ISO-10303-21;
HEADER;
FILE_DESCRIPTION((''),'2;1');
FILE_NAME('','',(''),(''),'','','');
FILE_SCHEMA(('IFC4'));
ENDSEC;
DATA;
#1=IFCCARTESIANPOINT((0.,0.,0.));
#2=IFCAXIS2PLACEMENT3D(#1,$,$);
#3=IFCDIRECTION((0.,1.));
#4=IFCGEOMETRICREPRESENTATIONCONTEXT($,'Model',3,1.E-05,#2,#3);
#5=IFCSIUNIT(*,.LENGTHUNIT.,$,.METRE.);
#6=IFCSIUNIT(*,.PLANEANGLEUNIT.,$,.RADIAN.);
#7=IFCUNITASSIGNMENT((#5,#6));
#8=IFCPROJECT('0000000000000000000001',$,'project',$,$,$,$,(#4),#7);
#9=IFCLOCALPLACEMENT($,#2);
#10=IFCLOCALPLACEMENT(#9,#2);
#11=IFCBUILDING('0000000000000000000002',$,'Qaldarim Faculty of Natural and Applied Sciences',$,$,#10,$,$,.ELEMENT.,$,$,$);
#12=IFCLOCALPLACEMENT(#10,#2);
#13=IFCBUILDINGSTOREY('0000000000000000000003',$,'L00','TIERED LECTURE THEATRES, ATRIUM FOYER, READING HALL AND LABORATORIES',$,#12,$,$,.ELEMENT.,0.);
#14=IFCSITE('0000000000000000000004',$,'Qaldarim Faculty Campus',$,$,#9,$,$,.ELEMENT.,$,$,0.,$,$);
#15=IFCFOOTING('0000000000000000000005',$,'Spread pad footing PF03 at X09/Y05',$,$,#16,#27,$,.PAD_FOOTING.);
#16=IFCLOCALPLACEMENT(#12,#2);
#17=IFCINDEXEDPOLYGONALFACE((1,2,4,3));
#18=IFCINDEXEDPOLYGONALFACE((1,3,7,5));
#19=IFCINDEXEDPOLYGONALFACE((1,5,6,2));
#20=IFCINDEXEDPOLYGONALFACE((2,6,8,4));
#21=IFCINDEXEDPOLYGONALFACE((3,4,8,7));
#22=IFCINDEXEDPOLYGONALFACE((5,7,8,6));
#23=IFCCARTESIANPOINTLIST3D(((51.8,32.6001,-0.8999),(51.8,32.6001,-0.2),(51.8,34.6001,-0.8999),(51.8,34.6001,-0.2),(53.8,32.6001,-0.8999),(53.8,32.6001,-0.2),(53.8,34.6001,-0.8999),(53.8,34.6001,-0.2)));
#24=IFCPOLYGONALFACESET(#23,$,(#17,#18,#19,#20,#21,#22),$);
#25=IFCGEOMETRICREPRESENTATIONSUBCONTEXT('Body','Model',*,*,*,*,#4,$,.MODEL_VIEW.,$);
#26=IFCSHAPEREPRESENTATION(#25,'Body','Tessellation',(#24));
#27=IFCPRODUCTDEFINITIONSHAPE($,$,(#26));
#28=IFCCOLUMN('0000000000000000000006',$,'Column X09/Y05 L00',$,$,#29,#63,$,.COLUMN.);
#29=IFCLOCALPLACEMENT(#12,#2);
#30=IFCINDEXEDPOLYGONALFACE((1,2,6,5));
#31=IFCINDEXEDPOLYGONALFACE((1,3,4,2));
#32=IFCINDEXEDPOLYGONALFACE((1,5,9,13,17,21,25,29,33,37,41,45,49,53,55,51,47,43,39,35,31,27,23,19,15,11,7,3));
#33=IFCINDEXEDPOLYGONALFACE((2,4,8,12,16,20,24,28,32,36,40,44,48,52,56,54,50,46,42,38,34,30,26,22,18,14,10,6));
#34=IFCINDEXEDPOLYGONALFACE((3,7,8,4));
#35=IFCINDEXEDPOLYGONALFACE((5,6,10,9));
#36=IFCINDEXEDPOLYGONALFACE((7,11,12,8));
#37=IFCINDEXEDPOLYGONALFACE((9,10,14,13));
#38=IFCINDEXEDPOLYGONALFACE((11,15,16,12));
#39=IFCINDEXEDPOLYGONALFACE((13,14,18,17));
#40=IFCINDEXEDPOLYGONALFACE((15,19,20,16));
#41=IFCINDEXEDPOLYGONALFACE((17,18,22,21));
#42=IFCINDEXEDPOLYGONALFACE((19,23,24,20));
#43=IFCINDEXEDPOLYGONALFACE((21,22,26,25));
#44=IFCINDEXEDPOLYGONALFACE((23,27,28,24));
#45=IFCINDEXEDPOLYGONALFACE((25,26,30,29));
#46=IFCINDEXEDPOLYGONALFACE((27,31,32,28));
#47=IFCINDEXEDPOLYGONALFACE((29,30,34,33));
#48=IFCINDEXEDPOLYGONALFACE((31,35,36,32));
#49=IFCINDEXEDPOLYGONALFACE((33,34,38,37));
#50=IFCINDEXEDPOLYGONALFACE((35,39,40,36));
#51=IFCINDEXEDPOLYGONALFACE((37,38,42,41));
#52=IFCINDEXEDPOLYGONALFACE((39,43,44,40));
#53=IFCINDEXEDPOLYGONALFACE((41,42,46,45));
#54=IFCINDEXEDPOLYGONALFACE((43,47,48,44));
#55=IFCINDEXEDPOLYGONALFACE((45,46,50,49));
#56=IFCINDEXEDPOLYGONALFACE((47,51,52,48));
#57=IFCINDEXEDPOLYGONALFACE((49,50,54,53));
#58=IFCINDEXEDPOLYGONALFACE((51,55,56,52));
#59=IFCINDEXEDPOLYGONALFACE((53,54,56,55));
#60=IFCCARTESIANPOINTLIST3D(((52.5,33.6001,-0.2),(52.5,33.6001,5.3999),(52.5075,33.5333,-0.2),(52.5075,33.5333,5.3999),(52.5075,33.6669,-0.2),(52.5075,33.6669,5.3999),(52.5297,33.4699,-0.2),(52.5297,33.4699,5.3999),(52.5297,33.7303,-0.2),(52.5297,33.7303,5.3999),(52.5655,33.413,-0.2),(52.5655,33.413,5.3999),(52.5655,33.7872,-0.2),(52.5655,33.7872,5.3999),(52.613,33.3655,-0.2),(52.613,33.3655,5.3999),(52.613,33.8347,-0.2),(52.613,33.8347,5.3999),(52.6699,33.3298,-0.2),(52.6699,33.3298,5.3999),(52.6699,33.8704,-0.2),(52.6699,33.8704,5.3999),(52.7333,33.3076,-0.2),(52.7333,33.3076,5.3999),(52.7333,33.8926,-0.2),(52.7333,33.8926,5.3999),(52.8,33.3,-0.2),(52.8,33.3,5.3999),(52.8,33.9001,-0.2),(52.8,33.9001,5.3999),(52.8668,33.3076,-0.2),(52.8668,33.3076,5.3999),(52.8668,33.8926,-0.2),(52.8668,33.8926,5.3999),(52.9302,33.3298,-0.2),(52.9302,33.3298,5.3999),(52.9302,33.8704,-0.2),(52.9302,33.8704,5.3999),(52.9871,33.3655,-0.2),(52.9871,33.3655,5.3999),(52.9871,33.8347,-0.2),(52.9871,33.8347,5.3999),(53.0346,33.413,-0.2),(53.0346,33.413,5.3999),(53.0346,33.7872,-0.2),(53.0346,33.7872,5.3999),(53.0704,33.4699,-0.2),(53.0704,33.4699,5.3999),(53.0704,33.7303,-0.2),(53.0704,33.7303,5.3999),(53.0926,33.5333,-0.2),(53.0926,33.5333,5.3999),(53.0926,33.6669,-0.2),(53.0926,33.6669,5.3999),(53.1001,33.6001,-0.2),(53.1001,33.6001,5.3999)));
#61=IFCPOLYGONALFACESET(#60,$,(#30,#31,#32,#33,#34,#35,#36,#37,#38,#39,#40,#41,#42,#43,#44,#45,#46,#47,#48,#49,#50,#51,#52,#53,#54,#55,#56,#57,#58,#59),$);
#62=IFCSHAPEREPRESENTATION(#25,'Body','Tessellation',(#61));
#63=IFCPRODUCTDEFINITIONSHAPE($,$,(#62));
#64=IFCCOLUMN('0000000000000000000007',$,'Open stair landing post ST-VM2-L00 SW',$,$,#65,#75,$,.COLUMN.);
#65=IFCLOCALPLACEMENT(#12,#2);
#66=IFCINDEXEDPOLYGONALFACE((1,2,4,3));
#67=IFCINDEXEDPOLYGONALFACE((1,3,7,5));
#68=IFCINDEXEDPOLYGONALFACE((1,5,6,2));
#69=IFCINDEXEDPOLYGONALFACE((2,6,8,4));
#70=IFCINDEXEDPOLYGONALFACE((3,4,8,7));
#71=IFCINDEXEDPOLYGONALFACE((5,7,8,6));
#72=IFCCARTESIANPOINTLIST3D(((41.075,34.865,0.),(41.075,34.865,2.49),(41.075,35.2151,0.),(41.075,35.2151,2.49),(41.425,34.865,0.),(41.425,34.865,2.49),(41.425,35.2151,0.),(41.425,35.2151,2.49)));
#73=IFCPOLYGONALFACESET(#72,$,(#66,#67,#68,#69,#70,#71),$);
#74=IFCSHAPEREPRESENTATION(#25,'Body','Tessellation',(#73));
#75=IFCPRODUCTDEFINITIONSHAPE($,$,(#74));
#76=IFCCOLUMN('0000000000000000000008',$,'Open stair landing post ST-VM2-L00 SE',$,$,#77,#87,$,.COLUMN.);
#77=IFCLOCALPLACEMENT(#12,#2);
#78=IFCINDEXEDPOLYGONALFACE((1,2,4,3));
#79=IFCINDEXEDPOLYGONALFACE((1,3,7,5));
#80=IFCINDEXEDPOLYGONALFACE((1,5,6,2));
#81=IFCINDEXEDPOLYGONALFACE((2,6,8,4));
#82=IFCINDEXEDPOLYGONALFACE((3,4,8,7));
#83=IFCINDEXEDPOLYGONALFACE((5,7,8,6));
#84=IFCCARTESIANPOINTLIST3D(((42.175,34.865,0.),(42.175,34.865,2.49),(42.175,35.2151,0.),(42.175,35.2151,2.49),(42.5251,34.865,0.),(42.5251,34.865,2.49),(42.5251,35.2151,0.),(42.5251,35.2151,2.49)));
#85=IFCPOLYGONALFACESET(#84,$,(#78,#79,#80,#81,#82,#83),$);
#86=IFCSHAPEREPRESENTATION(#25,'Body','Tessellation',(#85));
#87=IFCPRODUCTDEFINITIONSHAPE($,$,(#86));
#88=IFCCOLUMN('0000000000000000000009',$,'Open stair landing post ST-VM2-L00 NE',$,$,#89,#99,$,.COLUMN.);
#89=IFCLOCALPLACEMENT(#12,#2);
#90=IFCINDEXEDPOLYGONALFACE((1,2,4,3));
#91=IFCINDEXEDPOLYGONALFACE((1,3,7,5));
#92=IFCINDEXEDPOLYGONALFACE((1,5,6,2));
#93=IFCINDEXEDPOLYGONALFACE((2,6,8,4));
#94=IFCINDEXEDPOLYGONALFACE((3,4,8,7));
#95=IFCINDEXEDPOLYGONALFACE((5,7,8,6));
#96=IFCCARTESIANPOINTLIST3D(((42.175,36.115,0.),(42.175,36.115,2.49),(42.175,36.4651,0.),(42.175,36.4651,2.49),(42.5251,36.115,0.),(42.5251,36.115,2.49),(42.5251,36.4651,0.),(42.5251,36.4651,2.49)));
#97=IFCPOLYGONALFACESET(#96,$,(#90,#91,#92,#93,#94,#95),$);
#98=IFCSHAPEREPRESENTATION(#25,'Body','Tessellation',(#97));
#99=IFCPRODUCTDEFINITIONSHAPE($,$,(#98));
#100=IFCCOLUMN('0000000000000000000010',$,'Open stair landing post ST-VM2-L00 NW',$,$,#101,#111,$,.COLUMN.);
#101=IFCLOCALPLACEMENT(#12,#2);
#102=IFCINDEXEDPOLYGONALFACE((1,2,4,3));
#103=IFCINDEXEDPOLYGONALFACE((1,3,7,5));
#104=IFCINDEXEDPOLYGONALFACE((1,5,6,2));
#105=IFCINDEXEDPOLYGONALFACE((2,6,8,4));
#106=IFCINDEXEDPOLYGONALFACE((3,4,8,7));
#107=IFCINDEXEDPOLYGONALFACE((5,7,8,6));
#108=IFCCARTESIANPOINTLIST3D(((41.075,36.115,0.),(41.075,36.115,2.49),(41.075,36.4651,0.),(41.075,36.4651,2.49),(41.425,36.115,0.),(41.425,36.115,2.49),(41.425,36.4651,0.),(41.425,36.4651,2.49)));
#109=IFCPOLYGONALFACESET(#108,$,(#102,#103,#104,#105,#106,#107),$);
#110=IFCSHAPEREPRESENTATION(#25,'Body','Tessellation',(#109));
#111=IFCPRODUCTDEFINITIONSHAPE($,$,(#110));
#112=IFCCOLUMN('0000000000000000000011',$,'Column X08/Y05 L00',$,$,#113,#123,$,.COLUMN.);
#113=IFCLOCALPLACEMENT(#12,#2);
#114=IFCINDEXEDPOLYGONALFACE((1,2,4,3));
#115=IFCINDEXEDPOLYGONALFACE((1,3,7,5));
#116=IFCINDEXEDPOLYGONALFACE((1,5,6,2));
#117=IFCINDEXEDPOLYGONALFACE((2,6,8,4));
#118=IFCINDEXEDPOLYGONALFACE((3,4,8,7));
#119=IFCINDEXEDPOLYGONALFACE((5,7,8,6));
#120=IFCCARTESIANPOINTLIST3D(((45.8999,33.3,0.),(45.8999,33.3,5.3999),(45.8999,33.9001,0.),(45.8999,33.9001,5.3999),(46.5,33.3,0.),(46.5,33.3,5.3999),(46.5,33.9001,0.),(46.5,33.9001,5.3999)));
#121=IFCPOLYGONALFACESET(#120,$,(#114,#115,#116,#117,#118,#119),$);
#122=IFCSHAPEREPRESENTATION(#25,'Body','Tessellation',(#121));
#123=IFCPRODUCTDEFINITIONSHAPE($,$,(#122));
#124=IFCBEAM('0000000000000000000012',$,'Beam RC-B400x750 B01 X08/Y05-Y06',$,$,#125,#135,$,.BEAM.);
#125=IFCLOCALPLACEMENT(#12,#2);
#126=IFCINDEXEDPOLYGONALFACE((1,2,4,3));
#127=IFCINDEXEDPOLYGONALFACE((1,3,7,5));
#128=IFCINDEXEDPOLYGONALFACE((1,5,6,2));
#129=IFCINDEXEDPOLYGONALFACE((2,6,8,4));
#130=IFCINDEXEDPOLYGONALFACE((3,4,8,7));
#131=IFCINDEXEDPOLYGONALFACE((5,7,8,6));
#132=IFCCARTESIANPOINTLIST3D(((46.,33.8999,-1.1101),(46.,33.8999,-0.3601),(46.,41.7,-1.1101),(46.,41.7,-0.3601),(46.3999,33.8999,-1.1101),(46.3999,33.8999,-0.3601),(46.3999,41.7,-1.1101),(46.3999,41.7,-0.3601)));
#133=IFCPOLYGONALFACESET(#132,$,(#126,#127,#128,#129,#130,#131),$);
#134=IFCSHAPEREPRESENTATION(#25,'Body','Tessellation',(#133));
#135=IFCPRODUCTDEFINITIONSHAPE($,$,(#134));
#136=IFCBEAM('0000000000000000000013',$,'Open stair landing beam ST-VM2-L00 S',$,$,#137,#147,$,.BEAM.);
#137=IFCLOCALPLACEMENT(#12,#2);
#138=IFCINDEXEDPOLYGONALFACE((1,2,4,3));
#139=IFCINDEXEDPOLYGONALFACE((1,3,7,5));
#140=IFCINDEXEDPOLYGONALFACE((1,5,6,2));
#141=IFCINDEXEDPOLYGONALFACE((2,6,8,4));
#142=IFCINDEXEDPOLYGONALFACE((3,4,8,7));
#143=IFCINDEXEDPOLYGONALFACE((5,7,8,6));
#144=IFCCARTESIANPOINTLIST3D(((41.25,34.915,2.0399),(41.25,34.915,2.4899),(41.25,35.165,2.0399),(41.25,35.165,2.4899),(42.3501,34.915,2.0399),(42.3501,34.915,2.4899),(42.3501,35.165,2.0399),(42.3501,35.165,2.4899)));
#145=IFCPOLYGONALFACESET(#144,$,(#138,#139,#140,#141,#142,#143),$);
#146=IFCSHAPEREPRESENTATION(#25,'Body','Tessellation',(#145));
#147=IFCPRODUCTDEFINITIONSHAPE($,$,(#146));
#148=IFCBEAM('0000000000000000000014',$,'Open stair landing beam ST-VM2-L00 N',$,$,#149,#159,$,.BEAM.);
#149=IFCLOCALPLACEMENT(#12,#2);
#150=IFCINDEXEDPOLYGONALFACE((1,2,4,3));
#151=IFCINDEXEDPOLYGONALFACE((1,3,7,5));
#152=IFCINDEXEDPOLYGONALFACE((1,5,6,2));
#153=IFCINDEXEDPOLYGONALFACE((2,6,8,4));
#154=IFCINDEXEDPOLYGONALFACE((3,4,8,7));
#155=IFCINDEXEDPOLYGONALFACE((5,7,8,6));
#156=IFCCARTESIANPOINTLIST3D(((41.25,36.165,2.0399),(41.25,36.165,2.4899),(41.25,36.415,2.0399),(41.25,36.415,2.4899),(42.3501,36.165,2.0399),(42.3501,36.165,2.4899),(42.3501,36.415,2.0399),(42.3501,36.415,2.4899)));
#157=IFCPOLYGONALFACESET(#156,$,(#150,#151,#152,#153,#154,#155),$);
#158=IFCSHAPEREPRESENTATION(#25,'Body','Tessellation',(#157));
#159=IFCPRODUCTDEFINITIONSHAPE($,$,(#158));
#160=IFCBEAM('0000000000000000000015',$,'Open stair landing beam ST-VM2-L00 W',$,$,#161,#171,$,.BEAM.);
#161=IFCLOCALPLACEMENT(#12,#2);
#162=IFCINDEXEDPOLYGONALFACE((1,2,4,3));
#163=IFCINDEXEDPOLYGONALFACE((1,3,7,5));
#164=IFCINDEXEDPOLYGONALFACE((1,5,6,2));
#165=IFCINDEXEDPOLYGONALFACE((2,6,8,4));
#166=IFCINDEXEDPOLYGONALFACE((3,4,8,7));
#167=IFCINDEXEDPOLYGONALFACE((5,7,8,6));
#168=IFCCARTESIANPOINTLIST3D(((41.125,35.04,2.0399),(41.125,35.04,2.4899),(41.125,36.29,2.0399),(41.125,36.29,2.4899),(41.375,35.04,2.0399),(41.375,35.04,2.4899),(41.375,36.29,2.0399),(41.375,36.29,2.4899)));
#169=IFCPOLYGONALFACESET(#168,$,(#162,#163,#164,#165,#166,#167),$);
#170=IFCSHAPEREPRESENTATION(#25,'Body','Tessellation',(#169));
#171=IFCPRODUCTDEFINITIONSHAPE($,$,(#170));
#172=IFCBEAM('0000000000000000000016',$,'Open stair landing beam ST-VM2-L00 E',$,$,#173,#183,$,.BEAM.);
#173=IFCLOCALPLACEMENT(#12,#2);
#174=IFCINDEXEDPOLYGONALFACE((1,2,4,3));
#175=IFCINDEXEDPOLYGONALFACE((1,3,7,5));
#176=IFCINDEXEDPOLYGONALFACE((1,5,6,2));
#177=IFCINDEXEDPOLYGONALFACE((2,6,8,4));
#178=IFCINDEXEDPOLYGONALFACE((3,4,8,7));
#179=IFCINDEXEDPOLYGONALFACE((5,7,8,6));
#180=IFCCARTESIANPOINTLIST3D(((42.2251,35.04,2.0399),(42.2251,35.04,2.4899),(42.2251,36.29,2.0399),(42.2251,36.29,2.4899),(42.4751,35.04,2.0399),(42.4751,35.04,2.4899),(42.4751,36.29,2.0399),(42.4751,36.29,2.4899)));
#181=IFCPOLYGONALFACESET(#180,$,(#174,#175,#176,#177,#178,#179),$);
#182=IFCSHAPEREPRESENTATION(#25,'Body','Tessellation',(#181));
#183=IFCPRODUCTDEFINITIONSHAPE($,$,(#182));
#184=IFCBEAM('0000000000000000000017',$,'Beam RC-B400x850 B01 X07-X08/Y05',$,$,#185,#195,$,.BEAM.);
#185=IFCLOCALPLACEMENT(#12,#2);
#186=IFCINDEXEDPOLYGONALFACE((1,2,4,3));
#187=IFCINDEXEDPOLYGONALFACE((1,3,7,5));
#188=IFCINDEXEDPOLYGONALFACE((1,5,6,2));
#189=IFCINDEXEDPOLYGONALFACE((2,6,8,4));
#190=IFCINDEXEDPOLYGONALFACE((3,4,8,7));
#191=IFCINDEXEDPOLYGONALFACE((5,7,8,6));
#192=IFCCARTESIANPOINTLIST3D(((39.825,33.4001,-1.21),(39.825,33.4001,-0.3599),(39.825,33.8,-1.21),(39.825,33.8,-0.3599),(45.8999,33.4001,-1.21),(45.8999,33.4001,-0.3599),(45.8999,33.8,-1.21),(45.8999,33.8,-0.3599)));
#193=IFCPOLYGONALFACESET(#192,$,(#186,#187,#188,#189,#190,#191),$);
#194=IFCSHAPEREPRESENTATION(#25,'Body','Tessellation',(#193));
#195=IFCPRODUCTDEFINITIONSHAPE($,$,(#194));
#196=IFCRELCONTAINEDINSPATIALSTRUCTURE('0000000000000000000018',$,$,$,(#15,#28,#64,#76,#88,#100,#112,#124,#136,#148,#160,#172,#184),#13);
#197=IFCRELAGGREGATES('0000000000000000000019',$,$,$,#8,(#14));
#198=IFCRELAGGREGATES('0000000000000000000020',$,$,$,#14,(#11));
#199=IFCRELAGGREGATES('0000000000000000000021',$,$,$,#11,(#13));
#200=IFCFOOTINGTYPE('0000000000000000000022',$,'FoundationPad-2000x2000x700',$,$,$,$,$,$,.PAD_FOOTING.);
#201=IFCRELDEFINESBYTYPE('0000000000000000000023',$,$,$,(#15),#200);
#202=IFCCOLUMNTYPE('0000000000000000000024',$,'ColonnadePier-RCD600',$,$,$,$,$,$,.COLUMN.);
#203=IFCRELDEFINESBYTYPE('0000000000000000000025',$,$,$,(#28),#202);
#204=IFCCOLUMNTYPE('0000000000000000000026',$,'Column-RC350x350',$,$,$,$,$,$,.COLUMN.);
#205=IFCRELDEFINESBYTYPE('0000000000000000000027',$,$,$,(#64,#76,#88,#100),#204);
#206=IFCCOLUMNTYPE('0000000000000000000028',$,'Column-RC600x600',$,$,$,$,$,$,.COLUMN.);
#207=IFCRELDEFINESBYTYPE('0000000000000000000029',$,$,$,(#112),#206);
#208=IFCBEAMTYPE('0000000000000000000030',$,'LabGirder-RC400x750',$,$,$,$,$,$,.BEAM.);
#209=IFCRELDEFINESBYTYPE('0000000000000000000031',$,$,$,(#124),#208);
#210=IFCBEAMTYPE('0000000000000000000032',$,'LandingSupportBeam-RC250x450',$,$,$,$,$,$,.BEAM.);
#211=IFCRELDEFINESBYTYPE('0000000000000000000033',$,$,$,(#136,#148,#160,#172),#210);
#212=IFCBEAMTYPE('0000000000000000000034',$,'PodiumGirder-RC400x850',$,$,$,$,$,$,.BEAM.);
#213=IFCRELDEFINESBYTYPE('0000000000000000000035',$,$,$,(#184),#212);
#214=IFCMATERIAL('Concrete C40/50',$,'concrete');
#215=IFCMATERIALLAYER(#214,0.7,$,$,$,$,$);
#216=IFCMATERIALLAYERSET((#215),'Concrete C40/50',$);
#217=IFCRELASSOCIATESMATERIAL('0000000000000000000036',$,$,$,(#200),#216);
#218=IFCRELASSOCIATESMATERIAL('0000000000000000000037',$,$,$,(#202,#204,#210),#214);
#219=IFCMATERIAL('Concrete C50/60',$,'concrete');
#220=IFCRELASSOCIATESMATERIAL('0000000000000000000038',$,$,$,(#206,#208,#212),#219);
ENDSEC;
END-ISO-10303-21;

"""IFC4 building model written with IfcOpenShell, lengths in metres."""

from ifc_helpers import new_model, si_unit, direction, frame, origin, origin_2d, place, context, subcontext, project, spatial, rectangle, circle, extrude, material, layer, layer_set, material_profile, profile_set, type_object, element, save


model = new_model("IFC4")

# Units and contexts
model_context = context("Model", 3, precision=1e-05, world=origin(), true_north=direction((0.0, 1.0)))
body_context = subcontext(model_context, "Body", "Model", "MODEL_VIEW")
ifc_project = project(units=[si_unit("LENGTHUNIT", "METRE"), si_unit("PLANEANGLEUNIT", "RADIAN")], contexts=[model_context])

# Site, building, storey
site_placement = place(None, origin())
site = spatial("IfcSite", under=ifc_project, at=site_placement, Name="Qaldarim Faculty Campus", CompositionType="ELEMENT", RefElevation=0.0)
building_placement = place(site_placement, origin())
building = spatial("IfcBuilding", under=site, at=building_placement, Name="Qaldarim Faculty of Natural and Applied Sciences", CompositionType="ELEMENT")
storey_placement = place(building_placement, origin())
storey = spatial("IfcBuildingStorey", under=building, at=storey_placement, Name="L00", Description="TIERED LECTURE THEATRES, ATRIUM FOYER, READING HALL AND LABORATORIES", CompositionType="ELEMENT", Elevation=0.0)

# Footing
ifc_material_1 = material(Name="Concrete C40/50", Category="concrete")
ifc_layer_1 = layer(ifc_material_1, 0.7)
ifc_layer_set_1 = layer_set([ifc_layer_1], Name="Concrete C40/50")
footing_type = type_object("IfcFootingType", Name="FoundationPad-2000x2000x700", PredefinedType="PAD_FOOTING", material=ifc_layer_set_1)
footing_placement = place(storey_placement, frame((52.8, 33.6001, -0.8999), z_axis=(0.0, 0.0, 1.0), x_axis=(1.0, 0.0, 0.0)))
element("IfcFooting", 1, at=footing_placement, inside=storey, type_object=footing_type, Name="Spread pad footing PF03 at X09/Y05", PredefinedType="PAD_FOOTING", context=body_context, shape_type="SweptSolid", body=[
    extrude(rectangle(XDim=2.0, YDim=2.0, at=origin_2d()), origin(), (0.0, 0.0, 1.0), 0.7),
])

# Columns
ifc_material_profile_1 = material_profile(ifc_material_1, circle(Radius=0.3, at=origin_2d()), Name="RC-D600")
ifc_profile_set_1 = profile_set([ifc_material_profile_1], Name="Concrete C40/50")
column_type_1 = type_object("IfcColumnType", Name="ColonnadePier-RCD600", PredefinedType="COLUMN", material=ifc_profile_set_1)
column_1_placement = place(storey_placement, frame((52.8, 33.6001, -0.2), z_axis=(0.0, 0.0, 1.0), x_axis=(1.0, 0.0, 0.0)))
element("IfcColumn", 2, at=column_1_placement, inside=storey, type_object=column_type_1, Name="Column X09/Y05 L00", PredefinedType="COLUMN", context=body_context, shape_type="SweptSolid", body=[
    extrude(circle(Radius=0.3, at=origin_2d()), origin(), (0.0, 0.0, 1.0), 5.5999),
])
ifc_material_profile_2 = material_profile(ifc_material_1, rectangle(XDim=0.3501, YDim=0.3501, at=origin_2d()), Name="RC-C350x350")
ifc_profile_set_2 = profile_set([ifc_material_profile_2], Name="Concrete C40/50")
column_type_2 = type_object("IfcColumnType", Name="Column-RC350x350", PredefinedType="COLUMN", material=ifc_profile_set_2)
for number, where, z_axis, x_axis, name in (
    (3, (41.25, 35.04, 0.0), (0.0, 0.0, 1.0), (1.0, 0.0, 0.0), "Open stair landing post ST-VM2-L00 SW"),
    (4, (42.3501, 35.04, 0.0), (0.0, 0.0, 1.0), (1.0, 0.0, 0.0), "Open stair landing post ST-VM2-L00 SE"),
    (5, (42.3501, 36.29, 0.0), (0.0, 0.0, 1.0), (1.0, 0.0, 0.0), "Open stair landing post ST-VM2-L00 NE"),
    (6, (41.25, 36.29, 0.0), (0.0, 0.0, 1.0), (1.0, 0.0, 0.0), "Open stair landing post ST-VM2-L00 NW"),
):
    element("IfcColumn", number, at=place(storey_placement, frame(where, z_axis=z_axis, x_axis=x_axis)), inside=storey, type_object=column_type_2, Name=name, PredefinedType="COLUMN", context=body_context, shape_type="SweptSolid", body=[
        extrude(rectangle(XDim=0.3501, YDim=0.3501, at=origin_2d()), origin(), (0.0, 0.0, 1.0), 2.49),
    ])
ifc_material_2 = material(Name="Concrete C50/60", Category="concrete")
ifc_material_profile_3 = material_profile(ifc_material_2, rectangle(XDim=0.6001, YDim=0.6001, at=origin_2d()), Name="RC-C600x600")
ifc_profile_set_3 = profile_set([ifc_material_profile_3], Name="Concrete C50/60")
column_type_3 = type_object("IfcColumnType", Name="Column-RC600x600", PredefinedType="COLUMN", material=ifc_profile_set_3)
column_2_placement = place(storey_placement, frame((46.2, 33.6001, 0.0), z_axis=(0.0, 0.0, 1.0), x_axis=(1.0, 0.0, 0.0)))
element("IfcColumn", 7, at=column_2_placement, inside=storey, type_object=column_type_3, Name="Column X08/Y05 L00", PredefinedType="COLUMN", context=body_context, shape_type="SweptSolid", body=[
    extrude(rectangle(XDim=0.6001, YDim=0.6001, at=origin_2d()), origin(), (0.0, 0.0, 1.0), 5.3999),
])

# Beams
ifc_material_profile_4 = material_profile(ifc_material_2, rectangle(XDim=0.3999, YDim=0.75, at=origin_2d()), Name="RC-B400x750")
ifc_profile_set_4 = profile_set([ifc_material_profile_4], Name="Concrete C50/60")
beam_type_1 = type_object("IfcBeamType", Name="LabGirder-RC400x750", PredefinedType="BEAM", material=ifc_profile_set_4)
beam_1_placement = place(storey_placement, frame((46.2, 33.8999, -0.7351), z_axis=(0.0, 1.0, 0.0), x_axis=(-1.0, 0.0, 0.0)))
element("IfcBeam", 8, at=beam_1_placement, inside=storey, type_object=beam_type_1, Name="Beam RC-B400x750 B01 X08/Y05-Y06", PredefinedType="BEAM", context=body_context, shape_type="SweptSolid", body=[
    extrude(rectangle(XDim=0.3999, YDim=0.75, at=origin_2d()), origin(), (0.0, 0.0, 1.0), 7.8),
])
ifc_material_profile_5 = material_profile(ifc_material_1, rectangle(XDim=0.25, YDim=0.45, at=origin_2d()), Name="RC-LN250x450")
ifc_profile_set_5 = profile_set([ifc_material_profile_5], Name="Concrete C40/50")
beam_type_2 = type_object("IfcBeamType", Name="LandingSupportBeam-RC250x450", PredefinedType="BEAM", material=ifc_profile_set_5)
for number, where, z_axis, x_axis, name in (
    (9, (41.25, 35.04, 2.2649), (1.0, 0.0, 0.0), (0.0, 1.0, 0.0), "Open stair landing beam ST-VM2-L00 S"),
    (10, (41.25, 36.29, 2.2649), (1.0, 0.0, 0.0), (0.0, 1.0, 0.0), "Open stair landing beam ST-VM2-L00 N"),
):
    element("IfcBeam", number, at=place(storey_placement, frame(where, z_axis=z_axis, x_axis=x_axis)), inside=storey, type_object=beam_type_2, Name=name, PredefinedType="BEAM", context=body_context, shape_type="SweptSolid", body=[
        extrude(rectangle(XDim=0.25, YDim=0.45, at=origin_2d()), origin(), (0.0, 0.0, 1.0), 1.1001),
    ])
for number, where, z_axis, x_axis, name in (
    (11, (41.25, 35.04, 2.2649), (0.0, 1.0, 0.0), (-1.0, 0.0, 0.0), "Open stair landing beam ST-VM2-L00 W"),
    (12, (42.3501, 35.04, 2.2649), (0.0, 1.0, 0.0), (-1.0, 0.0, 0.0), "Open stair landing beam ST-VM2-L00 E"),
):
    element("IfcBeam", number, at=place(storey_placement, frame(where, z_axis=z_axis, x_axis=x_axis)), inside=storey, type_object=beam_type_2, Name=name, PredefinedType="BEAM", context=body_context, shape_type="SweptSolid", body=[
        extrude(rectangle(XDim=0.25, YDim=0.45, at=origin_2d()), origin(), (0.0, 0.0, 1.0), 1.25),
    ])
ifc_material_profile_6 = material_profile(ifc_material_2, rectangle(XDim=0.3999, YDim=0.8501, at=origin_2d()), Name="RC-B400x850")
ifc_profile_set_6 = profile_set([ifc_material_profile_6], Name="Concrete C50/60")
beam_type_3 = type_object("IfcBeamType", Name="PodiumGirder-RC400x850", PredefinedType="BEAM", material=ifc_profile_set_6)
beam_2_placement = place(storey_placement, frame((39.825, 33.6001, -0.7849), z_axis=(1.0, 0.0, 0.0), x_axis=(0.0, 1.0, 0.0)))
element("IfcBeam", 13, at=beam_2_placement, inside=storey, type_object=beam_type_3, Name="Beam RC-B400x850 B01 X07-X08/Y05", PredefinedType="BEAM", context=body_context, shape_type="SweptSolid", body=[
    extrude(rectangle(XDim=0.3999, YDim=0.8501, at=origin_2d()), origin(), (0.0, 0.0, 1.0), 6.075),
])

save(model, "model.ifc")
